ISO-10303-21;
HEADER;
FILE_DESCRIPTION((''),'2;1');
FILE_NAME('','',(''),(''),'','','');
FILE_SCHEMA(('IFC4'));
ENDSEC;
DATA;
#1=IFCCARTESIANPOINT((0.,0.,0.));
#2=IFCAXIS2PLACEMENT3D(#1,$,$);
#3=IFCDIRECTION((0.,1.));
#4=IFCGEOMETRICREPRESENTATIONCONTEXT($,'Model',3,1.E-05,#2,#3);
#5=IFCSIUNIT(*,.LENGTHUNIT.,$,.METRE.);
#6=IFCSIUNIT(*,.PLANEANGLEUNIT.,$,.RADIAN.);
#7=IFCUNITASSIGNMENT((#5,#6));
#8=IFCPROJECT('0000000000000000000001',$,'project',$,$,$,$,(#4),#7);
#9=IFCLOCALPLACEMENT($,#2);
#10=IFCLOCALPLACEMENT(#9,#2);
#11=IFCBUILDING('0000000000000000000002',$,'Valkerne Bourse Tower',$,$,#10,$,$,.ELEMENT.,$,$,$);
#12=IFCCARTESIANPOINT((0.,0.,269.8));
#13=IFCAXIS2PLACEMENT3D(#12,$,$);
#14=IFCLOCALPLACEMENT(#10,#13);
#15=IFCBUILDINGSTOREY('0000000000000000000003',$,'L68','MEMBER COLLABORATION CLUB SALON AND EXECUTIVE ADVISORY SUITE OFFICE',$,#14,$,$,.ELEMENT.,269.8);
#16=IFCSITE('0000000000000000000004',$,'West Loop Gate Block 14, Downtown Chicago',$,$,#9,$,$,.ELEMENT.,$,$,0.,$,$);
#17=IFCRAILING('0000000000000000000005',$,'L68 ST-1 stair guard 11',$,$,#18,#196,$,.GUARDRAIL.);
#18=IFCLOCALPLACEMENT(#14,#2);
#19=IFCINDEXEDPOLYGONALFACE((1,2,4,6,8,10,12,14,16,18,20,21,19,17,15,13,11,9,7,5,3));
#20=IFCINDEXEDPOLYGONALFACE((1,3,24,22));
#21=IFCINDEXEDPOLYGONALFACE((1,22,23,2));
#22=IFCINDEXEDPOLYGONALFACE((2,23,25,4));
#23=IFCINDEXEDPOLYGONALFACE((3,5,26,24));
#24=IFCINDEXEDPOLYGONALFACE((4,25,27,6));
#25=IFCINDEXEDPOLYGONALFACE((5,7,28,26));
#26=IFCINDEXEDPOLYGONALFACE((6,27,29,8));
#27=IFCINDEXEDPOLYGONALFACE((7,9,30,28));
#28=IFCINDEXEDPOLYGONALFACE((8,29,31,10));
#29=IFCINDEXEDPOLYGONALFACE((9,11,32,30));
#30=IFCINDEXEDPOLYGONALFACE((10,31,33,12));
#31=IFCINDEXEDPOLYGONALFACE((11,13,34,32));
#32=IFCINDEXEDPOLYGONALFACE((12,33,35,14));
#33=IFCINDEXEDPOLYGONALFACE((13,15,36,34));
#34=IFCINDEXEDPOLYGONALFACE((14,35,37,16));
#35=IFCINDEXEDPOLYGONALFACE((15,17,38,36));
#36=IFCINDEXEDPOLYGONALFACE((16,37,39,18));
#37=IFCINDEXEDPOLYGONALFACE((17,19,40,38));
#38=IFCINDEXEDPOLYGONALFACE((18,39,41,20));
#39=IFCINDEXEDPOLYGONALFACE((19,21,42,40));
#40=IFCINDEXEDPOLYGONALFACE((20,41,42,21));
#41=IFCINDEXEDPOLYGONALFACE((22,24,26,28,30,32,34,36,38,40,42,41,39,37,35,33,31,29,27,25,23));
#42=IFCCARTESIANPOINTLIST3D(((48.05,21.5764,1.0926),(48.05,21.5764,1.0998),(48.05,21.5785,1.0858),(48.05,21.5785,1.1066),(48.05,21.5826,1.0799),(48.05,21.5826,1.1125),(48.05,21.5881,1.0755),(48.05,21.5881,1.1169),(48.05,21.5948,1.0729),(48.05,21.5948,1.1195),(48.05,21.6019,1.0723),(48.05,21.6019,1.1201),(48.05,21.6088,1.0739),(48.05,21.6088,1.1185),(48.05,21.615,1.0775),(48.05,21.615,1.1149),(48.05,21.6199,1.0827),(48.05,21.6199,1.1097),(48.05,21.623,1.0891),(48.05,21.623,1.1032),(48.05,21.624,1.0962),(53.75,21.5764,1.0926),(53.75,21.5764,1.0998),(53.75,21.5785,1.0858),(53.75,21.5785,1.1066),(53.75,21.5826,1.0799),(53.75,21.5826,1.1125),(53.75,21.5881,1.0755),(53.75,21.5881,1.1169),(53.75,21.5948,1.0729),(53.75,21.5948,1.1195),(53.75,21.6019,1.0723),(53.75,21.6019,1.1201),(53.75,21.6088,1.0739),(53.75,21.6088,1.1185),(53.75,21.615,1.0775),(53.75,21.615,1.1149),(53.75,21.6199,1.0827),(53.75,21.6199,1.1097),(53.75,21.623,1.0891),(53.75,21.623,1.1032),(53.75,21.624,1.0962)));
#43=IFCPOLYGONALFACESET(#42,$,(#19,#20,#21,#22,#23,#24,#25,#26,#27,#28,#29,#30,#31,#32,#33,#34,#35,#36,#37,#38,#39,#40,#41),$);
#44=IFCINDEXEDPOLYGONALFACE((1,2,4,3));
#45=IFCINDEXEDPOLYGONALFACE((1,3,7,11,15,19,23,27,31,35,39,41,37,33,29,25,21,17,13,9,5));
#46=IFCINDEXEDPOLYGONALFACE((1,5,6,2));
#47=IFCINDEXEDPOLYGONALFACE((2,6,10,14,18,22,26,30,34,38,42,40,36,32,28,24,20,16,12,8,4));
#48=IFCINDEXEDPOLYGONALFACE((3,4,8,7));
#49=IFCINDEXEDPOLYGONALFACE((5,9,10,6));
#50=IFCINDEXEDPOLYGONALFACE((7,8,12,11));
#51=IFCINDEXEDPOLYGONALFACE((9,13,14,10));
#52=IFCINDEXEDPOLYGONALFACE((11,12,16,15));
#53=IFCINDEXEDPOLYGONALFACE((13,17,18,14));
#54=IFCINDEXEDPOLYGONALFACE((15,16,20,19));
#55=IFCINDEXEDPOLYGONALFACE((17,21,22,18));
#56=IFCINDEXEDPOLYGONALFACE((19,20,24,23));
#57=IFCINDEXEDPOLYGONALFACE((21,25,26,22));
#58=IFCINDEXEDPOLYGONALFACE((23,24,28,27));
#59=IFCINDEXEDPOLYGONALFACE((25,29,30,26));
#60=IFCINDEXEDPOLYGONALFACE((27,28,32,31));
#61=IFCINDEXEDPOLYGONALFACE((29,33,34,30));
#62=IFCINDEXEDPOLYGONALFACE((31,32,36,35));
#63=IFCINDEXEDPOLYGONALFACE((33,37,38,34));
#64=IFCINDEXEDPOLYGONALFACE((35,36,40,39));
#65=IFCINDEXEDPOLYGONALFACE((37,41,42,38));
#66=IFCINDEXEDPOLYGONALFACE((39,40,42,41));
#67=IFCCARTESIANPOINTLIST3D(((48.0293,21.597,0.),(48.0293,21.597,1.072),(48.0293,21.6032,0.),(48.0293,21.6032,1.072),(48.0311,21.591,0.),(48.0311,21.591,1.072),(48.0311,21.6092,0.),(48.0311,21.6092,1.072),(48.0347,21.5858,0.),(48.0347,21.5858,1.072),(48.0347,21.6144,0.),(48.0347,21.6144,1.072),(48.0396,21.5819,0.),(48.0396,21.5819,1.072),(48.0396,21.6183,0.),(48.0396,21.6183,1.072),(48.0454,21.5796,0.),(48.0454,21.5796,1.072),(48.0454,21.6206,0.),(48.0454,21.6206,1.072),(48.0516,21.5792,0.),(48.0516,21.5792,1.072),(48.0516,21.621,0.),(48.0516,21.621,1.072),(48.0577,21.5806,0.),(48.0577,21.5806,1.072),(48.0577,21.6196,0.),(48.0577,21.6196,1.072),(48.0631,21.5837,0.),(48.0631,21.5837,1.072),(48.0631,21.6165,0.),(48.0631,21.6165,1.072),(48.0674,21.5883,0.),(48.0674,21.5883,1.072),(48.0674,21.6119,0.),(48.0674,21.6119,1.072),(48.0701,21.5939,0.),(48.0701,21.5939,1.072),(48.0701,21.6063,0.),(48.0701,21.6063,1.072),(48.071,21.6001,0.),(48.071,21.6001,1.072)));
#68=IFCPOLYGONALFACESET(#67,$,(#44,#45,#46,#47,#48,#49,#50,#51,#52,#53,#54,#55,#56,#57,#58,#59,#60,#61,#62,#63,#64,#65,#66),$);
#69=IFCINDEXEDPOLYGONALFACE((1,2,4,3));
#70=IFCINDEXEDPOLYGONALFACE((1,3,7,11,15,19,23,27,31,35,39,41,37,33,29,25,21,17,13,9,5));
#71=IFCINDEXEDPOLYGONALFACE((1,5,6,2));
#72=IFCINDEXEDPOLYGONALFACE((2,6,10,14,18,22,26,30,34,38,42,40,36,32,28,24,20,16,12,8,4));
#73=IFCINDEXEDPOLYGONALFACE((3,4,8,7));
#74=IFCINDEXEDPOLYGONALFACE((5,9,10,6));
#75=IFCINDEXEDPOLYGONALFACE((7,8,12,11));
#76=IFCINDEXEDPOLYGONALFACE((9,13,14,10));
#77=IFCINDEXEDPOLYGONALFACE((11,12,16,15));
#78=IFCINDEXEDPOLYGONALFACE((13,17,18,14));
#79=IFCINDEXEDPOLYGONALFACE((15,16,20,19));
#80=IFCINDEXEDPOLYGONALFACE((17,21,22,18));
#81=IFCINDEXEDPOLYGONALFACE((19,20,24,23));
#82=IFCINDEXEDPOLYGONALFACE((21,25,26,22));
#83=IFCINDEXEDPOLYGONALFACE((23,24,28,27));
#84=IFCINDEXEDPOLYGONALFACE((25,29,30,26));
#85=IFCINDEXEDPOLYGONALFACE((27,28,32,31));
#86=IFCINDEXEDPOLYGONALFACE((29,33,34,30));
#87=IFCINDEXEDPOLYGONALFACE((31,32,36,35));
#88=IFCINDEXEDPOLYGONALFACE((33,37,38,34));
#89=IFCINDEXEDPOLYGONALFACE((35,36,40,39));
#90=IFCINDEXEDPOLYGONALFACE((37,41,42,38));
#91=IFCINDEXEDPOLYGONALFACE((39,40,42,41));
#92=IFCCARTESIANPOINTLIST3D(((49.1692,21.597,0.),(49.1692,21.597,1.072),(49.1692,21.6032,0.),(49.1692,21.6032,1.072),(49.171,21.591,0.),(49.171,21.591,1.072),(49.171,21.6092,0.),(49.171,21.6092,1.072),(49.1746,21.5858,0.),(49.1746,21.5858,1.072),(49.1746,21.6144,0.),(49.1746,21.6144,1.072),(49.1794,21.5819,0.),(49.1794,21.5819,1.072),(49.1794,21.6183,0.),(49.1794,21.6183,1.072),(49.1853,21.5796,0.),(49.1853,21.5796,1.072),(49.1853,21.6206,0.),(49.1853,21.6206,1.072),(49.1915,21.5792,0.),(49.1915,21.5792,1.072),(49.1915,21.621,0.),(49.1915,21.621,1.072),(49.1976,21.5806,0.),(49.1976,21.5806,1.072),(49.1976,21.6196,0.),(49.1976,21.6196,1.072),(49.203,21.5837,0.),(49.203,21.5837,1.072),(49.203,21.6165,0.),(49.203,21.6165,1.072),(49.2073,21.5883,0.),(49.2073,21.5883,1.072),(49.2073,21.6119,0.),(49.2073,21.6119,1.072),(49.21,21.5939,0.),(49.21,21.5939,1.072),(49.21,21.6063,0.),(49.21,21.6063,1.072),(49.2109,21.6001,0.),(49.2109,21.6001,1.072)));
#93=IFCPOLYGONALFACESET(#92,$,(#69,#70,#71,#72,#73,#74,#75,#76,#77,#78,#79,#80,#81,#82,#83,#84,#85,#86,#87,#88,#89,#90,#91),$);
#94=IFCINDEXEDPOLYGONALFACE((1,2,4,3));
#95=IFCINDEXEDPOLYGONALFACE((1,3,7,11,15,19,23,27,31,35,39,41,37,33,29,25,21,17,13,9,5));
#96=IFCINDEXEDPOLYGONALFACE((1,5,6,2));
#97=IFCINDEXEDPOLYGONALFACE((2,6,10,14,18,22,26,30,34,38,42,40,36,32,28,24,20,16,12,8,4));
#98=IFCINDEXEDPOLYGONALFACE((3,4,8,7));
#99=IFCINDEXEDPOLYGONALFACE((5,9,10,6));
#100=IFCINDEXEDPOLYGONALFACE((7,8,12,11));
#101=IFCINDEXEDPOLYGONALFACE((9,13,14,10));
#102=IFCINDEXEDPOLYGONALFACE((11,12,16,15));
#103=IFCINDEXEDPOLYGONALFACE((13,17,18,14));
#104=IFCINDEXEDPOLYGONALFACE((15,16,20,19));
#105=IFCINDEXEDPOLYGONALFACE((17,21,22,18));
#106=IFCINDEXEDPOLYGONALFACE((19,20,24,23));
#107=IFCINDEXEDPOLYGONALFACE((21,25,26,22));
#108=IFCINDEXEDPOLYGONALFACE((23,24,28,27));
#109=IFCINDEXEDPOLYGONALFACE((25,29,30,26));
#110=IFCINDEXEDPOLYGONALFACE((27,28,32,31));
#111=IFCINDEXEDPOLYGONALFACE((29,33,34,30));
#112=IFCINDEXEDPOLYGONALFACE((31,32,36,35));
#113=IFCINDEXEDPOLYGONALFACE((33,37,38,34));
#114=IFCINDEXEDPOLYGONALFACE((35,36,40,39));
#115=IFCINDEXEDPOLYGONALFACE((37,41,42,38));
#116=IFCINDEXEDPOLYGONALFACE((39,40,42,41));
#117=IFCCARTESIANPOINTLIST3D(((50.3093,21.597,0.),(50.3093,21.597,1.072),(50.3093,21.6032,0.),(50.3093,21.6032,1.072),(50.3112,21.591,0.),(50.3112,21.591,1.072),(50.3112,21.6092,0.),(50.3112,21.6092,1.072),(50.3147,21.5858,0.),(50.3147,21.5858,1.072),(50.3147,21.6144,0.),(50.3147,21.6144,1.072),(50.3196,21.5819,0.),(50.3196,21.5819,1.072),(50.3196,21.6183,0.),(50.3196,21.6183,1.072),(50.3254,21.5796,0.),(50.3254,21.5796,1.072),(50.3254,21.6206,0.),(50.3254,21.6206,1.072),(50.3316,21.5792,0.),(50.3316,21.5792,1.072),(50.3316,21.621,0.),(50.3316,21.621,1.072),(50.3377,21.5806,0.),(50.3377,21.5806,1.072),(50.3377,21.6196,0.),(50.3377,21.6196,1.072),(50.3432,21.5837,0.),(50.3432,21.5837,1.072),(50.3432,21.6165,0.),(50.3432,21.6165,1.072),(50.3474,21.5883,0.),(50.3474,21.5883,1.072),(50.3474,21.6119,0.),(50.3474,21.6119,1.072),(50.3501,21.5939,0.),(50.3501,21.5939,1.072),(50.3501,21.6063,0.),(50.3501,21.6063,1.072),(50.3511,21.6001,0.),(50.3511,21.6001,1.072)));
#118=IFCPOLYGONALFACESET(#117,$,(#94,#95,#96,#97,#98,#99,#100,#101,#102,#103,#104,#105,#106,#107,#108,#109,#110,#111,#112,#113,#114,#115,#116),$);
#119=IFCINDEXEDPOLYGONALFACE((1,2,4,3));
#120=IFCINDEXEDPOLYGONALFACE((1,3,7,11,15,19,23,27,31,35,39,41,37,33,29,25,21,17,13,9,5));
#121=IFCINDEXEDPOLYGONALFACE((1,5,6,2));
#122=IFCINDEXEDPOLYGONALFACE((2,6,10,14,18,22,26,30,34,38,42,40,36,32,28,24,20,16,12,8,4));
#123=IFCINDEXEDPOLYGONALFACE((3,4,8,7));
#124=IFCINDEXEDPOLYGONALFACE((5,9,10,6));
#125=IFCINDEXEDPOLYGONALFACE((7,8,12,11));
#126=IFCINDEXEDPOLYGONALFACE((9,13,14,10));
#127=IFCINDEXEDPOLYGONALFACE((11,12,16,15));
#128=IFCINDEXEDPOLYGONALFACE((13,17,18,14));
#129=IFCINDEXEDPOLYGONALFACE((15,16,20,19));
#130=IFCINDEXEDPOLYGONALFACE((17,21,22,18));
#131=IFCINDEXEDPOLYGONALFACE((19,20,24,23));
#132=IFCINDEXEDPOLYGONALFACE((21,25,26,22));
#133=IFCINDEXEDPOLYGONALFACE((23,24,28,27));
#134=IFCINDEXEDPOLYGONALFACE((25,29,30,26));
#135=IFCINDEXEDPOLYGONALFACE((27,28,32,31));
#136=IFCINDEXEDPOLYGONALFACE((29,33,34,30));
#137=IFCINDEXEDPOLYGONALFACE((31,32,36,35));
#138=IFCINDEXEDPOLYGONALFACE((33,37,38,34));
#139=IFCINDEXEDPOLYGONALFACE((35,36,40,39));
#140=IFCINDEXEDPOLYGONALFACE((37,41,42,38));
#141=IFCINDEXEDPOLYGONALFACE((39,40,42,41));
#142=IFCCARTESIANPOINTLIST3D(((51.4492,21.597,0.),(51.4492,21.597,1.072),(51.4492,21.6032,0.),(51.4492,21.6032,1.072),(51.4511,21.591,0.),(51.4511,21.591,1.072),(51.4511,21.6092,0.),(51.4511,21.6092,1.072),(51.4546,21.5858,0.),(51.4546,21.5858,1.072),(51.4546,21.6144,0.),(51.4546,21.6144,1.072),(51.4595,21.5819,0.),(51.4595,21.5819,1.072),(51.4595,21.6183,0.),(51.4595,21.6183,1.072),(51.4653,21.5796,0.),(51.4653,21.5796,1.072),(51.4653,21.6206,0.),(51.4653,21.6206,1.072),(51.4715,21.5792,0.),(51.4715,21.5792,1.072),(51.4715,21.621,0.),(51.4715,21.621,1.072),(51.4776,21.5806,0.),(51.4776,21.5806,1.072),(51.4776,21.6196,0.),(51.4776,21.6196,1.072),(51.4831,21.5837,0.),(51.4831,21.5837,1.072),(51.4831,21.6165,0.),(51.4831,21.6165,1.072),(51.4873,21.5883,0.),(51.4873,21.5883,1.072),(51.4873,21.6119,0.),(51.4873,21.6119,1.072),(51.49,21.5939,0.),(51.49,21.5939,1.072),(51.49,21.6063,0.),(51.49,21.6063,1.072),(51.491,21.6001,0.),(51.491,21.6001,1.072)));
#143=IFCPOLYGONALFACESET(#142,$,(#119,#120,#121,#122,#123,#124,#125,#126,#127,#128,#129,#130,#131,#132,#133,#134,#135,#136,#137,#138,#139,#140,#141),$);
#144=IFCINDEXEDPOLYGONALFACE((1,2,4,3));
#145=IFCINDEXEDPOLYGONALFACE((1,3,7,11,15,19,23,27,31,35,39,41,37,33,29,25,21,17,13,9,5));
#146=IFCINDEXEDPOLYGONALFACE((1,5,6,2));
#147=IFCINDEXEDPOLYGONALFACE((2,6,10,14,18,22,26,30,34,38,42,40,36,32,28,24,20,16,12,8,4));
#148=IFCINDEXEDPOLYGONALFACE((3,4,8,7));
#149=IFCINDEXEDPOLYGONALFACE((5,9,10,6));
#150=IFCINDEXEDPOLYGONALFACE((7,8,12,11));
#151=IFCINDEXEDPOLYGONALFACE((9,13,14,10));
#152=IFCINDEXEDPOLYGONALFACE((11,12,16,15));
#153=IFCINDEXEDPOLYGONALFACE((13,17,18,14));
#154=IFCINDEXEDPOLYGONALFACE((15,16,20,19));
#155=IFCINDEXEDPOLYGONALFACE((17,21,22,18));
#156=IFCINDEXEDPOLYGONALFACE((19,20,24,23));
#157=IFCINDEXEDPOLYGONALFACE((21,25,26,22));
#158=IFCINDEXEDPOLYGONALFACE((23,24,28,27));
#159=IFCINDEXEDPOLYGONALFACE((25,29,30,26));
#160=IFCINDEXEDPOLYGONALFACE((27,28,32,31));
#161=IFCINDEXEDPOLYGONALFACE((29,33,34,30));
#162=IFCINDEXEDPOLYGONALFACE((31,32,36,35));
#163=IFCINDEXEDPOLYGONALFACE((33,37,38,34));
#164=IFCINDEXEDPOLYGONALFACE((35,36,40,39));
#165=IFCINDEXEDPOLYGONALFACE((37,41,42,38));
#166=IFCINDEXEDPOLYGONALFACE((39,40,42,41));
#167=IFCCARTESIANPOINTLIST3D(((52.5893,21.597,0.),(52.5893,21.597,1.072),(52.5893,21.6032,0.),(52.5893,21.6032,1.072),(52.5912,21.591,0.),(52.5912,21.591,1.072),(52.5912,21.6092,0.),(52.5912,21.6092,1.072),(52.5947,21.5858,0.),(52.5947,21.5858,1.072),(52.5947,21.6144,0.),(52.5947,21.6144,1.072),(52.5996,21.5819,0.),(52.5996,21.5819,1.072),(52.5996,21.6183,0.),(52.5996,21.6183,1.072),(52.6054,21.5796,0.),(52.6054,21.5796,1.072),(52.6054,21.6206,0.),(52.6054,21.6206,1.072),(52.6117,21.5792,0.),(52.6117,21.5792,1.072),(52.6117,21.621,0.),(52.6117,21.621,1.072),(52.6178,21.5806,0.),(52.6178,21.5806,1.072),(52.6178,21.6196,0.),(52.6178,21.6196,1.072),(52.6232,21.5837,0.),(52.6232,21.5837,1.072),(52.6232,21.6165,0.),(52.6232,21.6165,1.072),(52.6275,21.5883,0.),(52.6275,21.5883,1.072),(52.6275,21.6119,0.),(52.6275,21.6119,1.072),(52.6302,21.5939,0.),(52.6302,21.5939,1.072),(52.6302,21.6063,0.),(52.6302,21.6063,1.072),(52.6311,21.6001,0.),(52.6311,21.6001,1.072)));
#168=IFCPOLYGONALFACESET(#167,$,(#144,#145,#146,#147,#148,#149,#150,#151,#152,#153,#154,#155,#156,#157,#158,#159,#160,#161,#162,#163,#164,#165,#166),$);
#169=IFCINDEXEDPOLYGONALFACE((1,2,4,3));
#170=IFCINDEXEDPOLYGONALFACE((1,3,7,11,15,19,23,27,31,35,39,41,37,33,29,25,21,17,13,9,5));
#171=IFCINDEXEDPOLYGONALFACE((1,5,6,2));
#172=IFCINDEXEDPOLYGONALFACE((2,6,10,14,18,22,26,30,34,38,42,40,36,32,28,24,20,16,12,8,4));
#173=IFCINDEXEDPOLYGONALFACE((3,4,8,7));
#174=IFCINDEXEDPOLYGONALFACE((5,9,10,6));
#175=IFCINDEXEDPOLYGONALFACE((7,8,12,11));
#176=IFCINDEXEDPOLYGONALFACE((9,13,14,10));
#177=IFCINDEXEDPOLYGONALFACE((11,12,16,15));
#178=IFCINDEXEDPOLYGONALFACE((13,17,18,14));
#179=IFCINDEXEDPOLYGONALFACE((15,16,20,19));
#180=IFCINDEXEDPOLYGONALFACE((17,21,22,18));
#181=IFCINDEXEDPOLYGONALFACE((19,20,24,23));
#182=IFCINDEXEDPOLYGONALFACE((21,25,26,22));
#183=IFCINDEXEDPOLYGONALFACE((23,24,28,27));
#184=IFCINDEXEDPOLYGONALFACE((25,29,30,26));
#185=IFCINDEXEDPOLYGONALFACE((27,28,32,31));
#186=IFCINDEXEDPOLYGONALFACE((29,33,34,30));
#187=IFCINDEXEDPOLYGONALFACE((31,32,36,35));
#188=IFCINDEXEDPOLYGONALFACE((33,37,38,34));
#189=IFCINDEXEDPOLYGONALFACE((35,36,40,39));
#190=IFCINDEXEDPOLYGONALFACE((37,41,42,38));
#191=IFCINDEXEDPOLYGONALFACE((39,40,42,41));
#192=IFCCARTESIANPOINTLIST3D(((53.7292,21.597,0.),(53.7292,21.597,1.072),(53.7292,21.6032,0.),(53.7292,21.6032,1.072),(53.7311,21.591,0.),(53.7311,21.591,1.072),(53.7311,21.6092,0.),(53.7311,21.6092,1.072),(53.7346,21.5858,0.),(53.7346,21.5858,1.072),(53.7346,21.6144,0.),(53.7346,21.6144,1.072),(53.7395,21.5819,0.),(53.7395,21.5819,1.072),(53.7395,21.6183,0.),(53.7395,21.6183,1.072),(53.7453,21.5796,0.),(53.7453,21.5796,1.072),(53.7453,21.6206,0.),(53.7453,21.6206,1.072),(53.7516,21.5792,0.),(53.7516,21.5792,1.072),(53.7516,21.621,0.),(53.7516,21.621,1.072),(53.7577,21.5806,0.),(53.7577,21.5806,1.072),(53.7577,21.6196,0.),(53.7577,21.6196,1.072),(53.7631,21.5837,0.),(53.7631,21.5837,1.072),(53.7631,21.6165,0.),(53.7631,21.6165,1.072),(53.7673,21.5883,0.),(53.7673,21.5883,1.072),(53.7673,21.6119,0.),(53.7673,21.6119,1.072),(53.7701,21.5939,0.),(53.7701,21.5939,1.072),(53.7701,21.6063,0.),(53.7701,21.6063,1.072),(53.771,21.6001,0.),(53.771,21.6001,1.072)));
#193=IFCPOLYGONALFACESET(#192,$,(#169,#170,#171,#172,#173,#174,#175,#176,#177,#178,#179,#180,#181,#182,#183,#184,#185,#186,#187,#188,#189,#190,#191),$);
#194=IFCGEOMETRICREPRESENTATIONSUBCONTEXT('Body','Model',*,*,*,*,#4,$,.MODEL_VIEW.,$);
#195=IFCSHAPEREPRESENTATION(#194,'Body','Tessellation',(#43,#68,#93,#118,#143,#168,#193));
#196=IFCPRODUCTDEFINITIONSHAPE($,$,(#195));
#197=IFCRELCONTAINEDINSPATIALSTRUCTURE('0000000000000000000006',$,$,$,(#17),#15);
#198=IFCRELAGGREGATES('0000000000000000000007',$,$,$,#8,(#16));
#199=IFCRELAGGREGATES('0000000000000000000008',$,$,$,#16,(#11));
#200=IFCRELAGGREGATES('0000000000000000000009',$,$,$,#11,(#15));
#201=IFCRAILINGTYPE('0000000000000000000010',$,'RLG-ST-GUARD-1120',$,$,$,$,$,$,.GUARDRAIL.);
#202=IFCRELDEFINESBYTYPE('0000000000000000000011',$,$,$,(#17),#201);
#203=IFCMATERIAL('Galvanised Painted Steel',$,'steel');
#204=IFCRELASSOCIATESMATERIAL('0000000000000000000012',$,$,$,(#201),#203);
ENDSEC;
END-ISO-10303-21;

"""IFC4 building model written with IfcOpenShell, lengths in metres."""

from ifc_helpers import new_model, si_unit, direction, frame, origin, origin_2d, place, context, subcontext, project, spatial, circle, extrude, material, type_object, element, save


model = new_model("IFC4")

# Units and contexts
model_context = context("Model", 3, precision=1e-05, world=origin(), true_north=direction((0.0, 1.0)))
body_context = subcontext(model_context, "Body", "Model", "MODEL_VIEW")
ifc_project = project(units=[si_unit("LENGTHUNIT", "METRE"), si_unit("PLANEANGLEUNIT", "RADIAN")], contexts=[model_context])

# Site, building, storey
site_placement = place(None, origin())
site = spatial("IfcSite", under=ifc_project, at=site_placement, Name="West Loop Gate Block 14, Downtown Chicago", CompositionType="ELEMENT", RefElevation=0.0)
building_placement = place(site_placement, origin())
building = spatial("IfcBuilding", under=site, at=building_placement, Name="Valkerne Bourse Tower", CompositionType="ELEMENT")
storey_placement = place(building_placement, frame((0.0, 0.0, 269.8)))
storey = spatial("IfcBuildingStorey", under=building, at=storey_placement, Name="L68", Description="MEMBER COLLABORATION CLUB SALON AND EXECUTIVE ADVISORY SUITE OFFICE", CompositionType="ELEMENT", Elevation=269.8)

# Shared definitions
ifc_material_1 = material(Name="Galvanised Painted Steel", Category="steel")

# Railing
railing_type_1 = type_object("IfcRailingType", Name="RLG-ST-GUARD-1120", PredefinedType="GUARDRAIL", material=ifc_material_1)
railing_1_placement = place(storey_placement, frame((48.05, 21.6001, 0.0)))
element("IfcRailing", 1, at=railing_1_placement, inside=storey, type_object=railing_type_1, Name="L68 ST-1 stair guard 11", PredefinedType="GUARDRAIL", context=body_context, shape_type="SweptSolid", body=[
    extrude(circle(Radius=0.0239, at=origin_2d()), frame((0.0, 0.0, 1.0962), z_axis=(1.0, 0.0, 0.0), x_axis=(0.0, 1.0, 0.0)), (0.0, 0.0, 1.0), 5.7),
    extrude(circle(Radius=0.021, at=origin_2d()), origin(), (0.0, 0.0, 1.0), 1.072),
    extrude(circle(Radius=0.021, at=origin_2d()), frame((1.1399, 0.0, 0.0)), (0.0, 0.0, 1.0), 1.072),
    extrude(circle(Radius=0.021, at=origin_2d()), frame((2.28, 0.0, 0.0)), (0.0, 0.0, 1.0), 1.072),
    extrude(circle(Radius=0.021, at=origin_2d()), frame((3.4199, 0.0, 0.0)), (0.0, 0.0, 1.0), 1.072),
    extrude(circle(Radius=0.021, at=origin_2d()), frame((4.5601, 0.0, 0.0)), (0.0, 0.0, 1.0), 1.072),
    extrude(circle(Radius=0.021, at=origin_2d()), frame((5.7, 0.0, 0.0)), (0.0, 0.0, 1.0), 1.072),
])

save(model, "model.ifc")
